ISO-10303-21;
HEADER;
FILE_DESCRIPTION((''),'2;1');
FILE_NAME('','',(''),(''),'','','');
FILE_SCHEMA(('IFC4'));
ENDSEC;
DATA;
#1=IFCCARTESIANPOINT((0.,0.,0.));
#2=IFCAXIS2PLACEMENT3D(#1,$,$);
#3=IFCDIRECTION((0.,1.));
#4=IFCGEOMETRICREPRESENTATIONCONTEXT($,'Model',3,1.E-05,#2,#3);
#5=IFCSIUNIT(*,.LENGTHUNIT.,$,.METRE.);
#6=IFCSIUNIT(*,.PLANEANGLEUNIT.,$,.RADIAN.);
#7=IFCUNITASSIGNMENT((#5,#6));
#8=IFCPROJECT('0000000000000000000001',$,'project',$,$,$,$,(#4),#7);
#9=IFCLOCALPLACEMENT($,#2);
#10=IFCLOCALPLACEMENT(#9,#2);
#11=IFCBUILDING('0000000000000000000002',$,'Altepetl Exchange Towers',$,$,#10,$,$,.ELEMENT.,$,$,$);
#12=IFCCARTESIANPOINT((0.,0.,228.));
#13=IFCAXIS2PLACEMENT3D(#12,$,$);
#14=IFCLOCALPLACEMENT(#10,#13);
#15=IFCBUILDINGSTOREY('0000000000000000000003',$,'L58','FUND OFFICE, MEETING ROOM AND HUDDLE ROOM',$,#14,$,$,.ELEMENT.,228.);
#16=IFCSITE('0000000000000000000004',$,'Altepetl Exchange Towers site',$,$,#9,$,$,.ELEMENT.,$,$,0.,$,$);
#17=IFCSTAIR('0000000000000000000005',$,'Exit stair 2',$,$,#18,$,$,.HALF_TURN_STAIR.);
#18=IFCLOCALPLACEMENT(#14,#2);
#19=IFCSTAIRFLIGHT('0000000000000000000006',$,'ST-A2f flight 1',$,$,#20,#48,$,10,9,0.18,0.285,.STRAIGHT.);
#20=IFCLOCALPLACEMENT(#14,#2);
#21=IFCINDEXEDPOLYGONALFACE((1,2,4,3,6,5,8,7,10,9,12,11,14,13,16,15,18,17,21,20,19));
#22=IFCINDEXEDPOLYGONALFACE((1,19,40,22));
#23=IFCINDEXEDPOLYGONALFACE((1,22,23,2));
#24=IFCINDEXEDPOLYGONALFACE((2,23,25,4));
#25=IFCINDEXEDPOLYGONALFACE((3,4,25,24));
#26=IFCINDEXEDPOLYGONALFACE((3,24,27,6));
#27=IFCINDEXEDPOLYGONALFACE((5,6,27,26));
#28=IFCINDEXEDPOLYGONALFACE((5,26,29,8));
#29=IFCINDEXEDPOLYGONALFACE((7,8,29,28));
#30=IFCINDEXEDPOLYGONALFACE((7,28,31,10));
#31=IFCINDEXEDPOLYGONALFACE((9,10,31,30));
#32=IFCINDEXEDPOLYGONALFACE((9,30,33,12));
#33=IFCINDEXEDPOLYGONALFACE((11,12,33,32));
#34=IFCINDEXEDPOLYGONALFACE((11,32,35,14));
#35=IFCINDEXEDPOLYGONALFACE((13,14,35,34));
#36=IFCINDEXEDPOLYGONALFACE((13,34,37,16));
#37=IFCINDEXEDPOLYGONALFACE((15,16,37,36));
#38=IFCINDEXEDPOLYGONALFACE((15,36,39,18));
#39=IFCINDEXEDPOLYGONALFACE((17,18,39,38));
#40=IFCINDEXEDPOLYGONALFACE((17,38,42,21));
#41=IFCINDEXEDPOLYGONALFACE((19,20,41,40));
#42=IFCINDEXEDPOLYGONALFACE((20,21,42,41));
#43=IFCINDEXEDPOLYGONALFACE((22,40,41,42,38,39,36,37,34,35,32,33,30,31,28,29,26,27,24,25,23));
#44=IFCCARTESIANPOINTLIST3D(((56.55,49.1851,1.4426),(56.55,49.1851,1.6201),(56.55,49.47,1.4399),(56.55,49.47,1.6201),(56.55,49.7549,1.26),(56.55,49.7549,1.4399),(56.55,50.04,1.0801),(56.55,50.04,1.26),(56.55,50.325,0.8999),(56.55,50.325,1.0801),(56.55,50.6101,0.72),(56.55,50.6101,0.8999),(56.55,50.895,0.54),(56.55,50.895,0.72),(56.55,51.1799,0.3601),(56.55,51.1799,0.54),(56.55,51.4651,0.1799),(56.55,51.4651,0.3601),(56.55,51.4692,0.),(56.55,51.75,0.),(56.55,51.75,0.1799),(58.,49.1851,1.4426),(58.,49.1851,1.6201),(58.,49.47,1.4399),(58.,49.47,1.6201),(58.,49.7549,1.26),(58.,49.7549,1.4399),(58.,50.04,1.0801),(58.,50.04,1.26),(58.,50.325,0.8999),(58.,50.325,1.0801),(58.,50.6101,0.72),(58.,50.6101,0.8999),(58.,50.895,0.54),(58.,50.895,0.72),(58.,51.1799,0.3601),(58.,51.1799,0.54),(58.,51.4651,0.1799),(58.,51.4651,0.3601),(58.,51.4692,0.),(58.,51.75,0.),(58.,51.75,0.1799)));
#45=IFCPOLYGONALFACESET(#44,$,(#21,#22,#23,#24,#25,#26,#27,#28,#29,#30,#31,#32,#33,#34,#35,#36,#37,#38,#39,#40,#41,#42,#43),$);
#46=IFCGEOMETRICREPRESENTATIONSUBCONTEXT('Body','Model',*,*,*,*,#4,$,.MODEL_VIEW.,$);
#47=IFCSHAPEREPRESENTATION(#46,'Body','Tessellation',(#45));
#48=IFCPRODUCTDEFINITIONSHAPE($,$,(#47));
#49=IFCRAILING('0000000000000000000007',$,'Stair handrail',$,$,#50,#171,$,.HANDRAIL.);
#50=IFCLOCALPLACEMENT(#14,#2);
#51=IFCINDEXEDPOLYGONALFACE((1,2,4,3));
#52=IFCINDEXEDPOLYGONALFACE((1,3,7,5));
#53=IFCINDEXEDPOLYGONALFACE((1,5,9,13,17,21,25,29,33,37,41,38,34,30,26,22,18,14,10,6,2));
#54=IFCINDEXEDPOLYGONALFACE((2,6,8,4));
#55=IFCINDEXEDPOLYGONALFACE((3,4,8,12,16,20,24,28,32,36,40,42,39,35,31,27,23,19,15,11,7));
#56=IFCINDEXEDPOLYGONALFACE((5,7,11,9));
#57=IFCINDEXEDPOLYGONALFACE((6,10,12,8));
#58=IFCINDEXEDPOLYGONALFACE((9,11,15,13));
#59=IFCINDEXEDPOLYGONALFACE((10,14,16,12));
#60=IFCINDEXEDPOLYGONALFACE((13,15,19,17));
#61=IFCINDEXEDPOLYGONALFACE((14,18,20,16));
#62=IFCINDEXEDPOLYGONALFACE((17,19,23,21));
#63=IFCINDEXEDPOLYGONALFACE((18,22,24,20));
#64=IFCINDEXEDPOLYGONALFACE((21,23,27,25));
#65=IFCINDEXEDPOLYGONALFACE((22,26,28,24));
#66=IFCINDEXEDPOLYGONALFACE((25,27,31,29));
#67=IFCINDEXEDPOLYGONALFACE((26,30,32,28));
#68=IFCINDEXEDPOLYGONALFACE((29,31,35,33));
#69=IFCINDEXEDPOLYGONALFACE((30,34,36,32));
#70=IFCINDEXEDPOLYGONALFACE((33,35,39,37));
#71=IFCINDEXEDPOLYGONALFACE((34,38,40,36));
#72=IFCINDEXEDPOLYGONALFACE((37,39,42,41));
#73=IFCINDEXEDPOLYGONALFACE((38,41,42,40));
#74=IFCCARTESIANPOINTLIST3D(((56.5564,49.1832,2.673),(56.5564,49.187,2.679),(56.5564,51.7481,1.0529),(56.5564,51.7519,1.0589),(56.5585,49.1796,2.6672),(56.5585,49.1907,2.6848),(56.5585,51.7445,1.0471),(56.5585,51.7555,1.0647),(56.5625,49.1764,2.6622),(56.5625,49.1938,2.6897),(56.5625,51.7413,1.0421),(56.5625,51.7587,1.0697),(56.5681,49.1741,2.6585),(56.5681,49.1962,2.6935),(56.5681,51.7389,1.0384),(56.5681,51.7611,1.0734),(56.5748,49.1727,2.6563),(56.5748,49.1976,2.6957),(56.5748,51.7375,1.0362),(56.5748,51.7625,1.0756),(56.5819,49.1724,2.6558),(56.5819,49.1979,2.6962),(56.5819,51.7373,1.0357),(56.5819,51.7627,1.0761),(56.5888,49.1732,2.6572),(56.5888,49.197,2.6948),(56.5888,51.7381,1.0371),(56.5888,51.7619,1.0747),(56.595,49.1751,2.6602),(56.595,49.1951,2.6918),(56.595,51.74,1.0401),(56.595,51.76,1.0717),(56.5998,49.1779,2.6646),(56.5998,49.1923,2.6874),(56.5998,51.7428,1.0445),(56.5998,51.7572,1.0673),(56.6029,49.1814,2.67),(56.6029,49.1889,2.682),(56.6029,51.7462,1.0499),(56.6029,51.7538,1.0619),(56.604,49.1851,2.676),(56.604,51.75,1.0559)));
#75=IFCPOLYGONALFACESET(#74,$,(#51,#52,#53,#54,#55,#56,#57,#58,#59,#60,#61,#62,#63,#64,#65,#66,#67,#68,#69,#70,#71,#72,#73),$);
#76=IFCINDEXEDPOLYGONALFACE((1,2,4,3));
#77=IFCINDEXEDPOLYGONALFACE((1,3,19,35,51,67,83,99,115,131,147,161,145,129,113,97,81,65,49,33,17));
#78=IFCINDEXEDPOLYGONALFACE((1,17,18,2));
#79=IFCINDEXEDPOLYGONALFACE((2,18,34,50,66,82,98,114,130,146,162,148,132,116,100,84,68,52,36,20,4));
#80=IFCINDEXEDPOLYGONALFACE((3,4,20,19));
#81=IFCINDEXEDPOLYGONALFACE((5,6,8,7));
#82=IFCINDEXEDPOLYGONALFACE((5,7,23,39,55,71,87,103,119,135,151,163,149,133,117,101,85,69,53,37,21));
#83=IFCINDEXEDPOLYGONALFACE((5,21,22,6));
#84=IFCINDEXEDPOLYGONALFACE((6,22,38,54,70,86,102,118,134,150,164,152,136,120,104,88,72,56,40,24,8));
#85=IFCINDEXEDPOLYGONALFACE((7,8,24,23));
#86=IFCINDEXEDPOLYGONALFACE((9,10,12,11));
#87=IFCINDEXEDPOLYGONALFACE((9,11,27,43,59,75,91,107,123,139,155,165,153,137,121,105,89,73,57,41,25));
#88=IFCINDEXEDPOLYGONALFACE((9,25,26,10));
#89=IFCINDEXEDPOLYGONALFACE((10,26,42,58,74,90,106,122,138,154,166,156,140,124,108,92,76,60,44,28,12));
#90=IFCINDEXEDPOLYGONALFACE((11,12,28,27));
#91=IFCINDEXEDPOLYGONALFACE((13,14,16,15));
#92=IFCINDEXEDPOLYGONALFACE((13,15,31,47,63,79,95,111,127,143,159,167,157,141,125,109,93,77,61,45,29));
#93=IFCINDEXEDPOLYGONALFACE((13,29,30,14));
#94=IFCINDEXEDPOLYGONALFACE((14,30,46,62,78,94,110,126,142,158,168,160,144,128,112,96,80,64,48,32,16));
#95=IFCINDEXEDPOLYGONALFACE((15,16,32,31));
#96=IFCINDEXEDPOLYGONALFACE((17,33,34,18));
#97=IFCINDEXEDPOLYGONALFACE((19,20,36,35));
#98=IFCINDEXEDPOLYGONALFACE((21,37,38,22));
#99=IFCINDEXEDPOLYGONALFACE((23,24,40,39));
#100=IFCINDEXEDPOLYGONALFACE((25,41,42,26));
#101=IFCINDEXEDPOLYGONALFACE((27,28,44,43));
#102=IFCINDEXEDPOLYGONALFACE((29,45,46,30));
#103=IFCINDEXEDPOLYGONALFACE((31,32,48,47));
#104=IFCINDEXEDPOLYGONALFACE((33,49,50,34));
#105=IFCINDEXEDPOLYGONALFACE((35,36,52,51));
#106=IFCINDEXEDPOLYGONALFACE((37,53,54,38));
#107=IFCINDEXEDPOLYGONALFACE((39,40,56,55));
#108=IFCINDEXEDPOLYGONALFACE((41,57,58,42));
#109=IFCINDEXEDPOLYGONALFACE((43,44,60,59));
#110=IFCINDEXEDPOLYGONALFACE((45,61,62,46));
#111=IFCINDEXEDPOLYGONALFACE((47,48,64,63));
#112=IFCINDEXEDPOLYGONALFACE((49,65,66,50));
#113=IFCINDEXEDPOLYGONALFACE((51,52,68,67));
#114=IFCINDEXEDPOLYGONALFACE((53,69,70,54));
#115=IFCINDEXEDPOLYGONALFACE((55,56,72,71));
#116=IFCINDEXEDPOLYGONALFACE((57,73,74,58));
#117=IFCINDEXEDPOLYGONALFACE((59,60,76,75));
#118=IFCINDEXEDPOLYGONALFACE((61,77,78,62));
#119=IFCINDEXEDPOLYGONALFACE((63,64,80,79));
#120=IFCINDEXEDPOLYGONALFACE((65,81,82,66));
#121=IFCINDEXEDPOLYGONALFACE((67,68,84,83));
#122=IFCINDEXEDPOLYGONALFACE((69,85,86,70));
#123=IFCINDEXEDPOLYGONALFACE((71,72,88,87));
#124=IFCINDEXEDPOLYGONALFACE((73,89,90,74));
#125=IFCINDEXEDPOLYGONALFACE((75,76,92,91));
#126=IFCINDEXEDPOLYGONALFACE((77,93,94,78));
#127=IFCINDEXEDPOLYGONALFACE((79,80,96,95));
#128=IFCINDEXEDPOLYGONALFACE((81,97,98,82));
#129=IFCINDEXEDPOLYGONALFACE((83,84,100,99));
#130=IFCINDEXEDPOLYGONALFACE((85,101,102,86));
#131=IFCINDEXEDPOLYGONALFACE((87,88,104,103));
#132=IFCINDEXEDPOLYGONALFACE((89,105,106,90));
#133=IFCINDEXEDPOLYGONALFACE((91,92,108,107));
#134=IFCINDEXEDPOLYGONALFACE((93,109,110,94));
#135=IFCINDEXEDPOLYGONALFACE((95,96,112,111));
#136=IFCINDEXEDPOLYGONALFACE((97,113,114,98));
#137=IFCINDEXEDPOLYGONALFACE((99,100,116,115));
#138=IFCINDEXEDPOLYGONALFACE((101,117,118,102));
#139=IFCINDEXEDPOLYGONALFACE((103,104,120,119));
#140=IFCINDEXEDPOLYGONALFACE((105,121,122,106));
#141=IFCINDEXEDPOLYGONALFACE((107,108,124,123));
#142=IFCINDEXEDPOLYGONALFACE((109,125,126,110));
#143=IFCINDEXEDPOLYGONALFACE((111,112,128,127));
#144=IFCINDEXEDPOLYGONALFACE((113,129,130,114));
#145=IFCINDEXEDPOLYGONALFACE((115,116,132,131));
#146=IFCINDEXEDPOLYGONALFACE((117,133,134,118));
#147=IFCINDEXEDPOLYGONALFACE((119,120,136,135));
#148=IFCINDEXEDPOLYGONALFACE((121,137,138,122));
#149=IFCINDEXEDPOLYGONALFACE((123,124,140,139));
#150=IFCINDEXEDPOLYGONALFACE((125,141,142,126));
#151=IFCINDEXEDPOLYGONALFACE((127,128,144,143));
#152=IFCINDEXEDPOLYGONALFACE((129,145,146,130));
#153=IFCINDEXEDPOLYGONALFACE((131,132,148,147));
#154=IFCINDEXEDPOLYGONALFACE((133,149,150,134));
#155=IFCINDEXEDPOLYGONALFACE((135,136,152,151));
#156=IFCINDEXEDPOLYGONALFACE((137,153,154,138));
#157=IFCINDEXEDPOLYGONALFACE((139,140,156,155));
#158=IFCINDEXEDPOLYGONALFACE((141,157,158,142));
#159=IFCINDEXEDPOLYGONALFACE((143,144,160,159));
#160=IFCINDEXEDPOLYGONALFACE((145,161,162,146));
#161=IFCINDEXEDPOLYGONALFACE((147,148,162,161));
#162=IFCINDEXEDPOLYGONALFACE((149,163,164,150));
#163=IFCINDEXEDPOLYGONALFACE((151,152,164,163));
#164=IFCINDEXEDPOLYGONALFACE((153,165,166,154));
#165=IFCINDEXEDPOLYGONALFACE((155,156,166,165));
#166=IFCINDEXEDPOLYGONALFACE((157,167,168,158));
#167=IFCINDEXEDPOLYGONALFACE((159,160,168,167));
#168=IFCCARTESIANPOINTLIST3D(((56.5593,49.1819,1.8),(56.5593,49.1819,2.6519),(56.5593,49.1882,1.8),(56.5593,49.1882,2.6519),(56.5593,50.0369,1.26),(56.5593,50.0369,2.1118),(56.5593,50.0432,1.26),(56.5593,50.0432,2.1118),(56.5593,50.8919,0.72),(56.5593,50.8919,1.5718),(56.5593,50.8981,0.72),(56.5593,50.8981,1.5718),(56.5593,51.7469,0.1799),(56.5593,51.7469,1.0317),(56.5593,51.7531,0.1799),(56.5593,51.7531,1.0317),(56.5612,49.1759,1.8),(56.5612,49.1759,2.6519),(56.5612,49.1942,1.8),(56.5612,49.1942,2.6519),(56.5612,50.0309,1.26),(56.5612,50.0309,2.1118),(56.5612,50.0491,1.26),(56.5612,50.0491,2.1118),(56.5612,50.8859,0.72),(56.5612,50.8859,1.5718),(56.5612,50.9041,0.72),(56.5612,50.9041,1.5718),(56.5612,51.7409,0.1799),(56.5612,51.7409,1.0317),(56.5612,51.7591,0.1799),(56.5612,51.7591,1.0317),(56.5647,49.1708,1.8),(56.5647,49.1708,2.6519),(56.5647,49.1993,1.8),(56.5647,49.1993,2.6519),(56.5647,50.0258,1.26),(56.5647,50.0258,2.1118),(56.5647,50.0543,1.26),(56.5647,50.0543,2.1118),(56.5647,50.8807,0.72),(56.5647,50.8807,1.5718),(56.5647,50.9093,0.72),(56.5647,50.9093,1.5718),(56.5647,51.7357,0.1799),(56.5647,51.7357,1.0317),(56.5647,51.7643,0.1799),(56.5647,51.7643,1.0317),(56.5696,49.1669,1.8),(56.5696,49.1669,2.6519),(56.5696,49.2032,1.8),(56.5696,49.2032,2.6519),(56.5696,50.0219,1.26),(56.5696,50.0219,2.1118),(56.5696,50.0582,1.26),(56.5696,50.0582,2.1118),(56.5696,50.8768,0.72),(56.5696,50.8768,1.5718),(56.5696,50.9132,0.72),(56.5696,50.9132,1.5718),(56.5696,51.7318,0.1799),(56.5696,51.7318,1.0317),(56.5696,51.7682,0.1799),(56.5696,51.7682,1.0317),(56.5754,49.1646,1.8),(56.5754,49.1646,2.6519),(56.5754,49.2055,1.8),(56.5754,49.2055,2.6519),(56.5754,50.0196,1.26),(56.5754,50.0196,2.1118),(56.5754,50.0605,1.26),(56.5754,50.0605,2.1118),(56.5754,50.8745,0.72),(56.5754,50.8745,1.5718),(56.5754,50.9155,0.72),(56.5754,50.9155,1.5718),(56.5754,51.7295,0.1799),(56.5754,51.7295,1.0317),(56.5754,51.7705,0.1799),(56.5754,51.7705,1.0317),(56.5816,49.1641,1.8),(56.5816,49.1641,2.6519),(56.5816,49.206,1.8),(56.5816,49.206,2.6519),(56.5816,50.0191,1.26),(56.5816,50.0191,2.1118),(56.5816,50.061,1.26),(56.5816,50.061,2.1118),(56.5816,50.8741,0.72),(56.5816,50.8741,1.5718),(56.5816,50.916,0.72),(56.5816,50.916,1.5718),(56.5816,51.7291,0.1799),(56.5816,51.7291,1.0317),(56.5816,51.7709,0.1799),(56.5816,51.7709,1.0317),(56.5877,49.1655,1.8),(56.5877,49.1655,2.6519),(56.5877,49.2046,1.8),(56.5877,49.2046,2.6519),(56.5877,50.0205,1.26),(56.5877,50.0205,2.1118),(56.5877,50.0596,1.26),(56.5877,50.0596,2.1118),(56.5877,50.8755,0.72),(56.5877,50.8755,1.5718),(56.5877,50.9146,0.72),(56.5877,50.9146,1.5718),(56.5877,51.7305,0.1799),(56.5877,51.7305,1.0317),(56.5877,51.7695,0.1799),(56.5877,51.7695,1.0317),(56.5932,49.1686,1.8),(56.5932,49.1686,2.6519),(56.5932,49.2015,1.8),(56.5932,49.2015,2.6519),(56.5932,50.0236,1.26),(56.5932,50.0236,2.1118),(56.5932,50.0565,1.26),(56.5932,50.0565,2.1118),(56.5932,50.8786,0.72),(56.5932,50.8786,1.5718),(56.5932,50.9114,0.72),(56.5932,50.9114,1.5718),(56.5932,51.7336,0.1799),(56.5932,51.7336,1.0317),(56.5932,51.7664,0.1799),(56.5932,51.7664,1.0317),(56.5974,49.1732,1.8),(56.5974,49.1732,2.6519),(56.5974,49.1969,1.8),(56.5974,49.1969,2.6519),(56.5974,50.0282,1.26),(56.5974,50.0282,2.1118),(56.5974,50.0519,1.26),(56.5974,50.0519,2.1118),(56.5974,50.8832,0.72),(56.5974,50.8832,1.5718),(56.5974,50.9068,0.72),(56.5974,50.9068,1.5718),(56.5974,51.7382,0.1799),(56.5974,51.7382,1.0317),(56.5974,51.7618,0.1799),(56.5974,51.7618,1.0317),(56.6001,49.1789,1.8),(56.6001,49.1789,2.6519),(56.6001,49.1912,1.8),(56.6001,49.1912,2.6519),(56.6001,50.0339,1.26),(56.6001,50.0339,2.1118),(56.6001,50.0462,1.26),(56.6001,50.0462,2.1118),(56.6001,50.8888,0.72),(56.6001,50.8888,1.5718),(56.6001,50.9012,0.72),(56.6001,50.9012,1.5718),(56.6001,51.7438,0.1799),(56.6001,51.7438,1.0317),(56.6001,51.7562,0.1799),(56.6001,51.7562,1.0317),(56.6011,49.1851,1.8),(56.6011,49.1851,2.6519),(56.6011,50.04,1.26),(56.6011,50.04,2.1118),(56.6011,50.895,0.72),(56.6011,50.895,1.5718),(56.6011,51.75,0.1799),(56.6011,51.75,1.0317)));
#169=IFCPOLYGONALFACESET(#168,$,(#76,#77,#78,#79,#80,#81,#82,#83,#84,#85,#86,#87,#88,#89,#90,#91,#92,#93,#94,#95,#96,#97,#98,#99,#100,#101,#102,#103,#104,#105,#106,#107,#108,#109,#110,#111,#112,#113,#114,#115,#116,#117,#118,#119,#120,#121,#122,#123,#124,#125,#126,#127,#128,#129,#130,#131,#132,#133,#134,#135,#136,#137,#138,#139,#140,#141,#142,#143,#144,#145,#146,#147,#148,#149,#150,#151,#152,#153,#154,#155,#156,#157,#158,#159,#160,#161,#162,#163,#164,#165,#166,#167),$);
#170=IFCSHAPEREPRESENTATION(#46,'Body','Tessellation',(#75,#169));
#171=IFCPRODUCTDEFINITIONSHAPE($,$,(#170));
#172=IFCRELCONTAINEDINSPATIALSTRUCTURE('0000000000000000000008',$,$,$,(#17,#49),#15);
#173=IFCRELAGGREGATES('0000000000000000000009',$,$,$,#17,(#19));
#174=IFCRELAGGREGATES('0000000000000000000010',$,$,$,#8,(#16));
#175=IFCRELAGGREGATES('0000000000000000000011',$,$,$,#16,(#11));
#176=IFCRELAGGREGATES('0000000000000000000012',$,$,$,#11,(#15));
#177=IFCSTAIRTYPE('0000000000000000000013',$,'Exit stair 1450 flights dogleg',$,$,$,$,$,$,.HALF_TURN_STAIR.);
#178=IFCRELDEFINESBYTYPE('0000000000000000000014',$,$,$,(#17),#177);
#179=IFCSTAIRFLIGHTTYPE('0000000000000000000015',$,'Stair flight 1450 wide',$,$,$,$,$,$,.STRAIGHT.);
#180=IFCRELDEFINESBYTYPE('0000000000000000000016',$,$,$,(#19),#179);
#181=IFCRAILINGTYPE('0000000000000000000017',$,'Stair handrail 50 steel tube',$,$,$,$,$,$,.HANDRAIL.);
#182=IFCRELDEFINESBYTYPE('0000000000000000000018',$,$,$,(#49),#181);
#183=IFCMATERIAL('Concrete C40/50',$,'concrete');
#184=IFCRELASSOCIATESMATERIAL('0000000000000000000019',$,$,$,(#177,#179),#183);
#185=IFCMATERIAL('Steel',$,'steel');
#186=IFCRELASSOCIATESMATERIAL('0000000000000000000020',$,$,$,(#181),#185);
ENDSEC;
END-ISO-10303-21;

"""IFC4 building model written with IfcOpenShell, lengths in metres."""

from ifc_helpers import new_model, si_unit, direction, frame, origin, origin_2d, place, context, subcontext, project, spatial, polyline, circle, outline, extrude, source, transform, mapped, material, type_object, element, aggregate, save


model = new_model("IFC4")

# Units and contexts
model_context = context("Model", 3, precision=1e-05, world=origin(), true_north=direction((0.0, 1.0)))
body_context = subcontext(model_context, "Body", "Model", "MODEL_VIEW")
ifc_project = project(units=[si_unit("LENGTHUNIT", "METRE"), si_unit("PLANEANGLEUNIT", "RADIAN")], contexts=[model_context])

# Site, building, storey
site_placement = place(None, origin())
site = spatial("IfcSite", under=ifc_project, at=site_placement, Name="Altepetl Exchange Towers site", CompositionType="ELEMENT", RefElevation=0.0)
building_placement = place(site_placement, origin())
building = spatial("IfcBuilding", under=site, at=building_placement, Name="Altepetl Exchange Towers", CompositionType="ELEMENT")
storey_placement = place(building_placement, frame((0.0, 0.0, 228.0)))
storey = spatial("IfcBuildingStorey", under=building, at=storey_placement, Name="L58", Description="FUND OFFICE, MEETING ROOM AND HUDDLE ROOM", CompositionType="ELEMENT", Elevation=228.0)

# Shared definitions
ifc_material_1 = material(Name="Concrete C40/50", Category="concrete")

# Stair, stair flight
stair_type = type_object("IfcStairType", Name="Exit stair 1450 flights dogleg", PredefinedType="HALF_TURN_STAIR", material=ifc_material_1)
stair_placement = place(storey_placement, origin())
stair = element("IfcStair", 1, at=stair_placement, inside=storey, type_object=stair_type, Name="Exit stair 2", PredefinedType="HALF_TURN_STAIR")
stair_flight_type = type_object("IfcStairFlightType", Name="Stair flight 1450 wide", PredefinedType="STRAIGHT", material=ifc_material_1)
stair_flight_placement = place(storey_placement, frame((57.2749, 51.75, 0.0), z_axis=(0.0, 0.0, 1.0), x_axis=(0.0, -1.0, 0.0)))
stair_flight = element("IfcStairFlight", 2, at=stair_flight_placement, type_object=stair_flight_type, Name="ST-A2f flight 1", NumberOfRisers=10, NumberOfTreads=9, PredefinedType="STRAIGHT", RiserHeight=0.18, TreadLength=0.285, context=body_context, shape_type="SweptSolid", body=[
    extrude(outline(polyline([(0.0, 0.0), (0.0, 0.1799), (0.2849, 0.1799), (0.2849, 0.3601), (0.5701, 0.3601), (0.5701, 0.54), (0.855, 0.54), (0.855, 0.72), (1.1399, 0.72), (1.1399, 0.8999), (1.425, 0.8999), (1.425, 1.0801), (1.71, 1.0801), (1.71, 1.26), (1.9951, 1.26), (1.9951, 1.4399), (2.28, 1.4399), (2.28, 1.6201), (2.5649, 1.6201), (2.5649, 1.8), (2.5649, 1.4426), (0.2808, 0.0), (0.0, 0.0)])), frame((0.0, 0.7251, 0.0), z_axis=(0.0, -1.0, 0.0), x_axis=(1.0, 0.0, 0.0)), (0.0, 0.0, 1.0), 1.45),
])
aggregate(stair, [stair_flight])

# Railing
ifc_material_2 = material(Name="Steel", Category="steel")
railing_type = type_object("IfcRailingType", Name="Stair handrail 50 steel tube", PredefinedType="HANDRAIL", material=ifc_material_2)
shared_shape = source(origin(), body_context, "Body", "SweptSolid", [
    extrude(circle(Radius=0.021, at=origin_2d()), origin(), (0.0, 0.0, 1.0), 0.8518),
])
railing_placement = place(storey_placement, frame((56.5801, 51.75, 0.1799)))
element("IfcRailing", 3, at=railing_placement, inside=storey, type_object=railing_type, Name="Stair handrail", PredefinedType="HANDRAIL", context=body_context, shape_type="SweptSolid", body=[
    extrude(circle(Radius=0.0239, at=origin_2d()), frame((0.0, 0.0, 0.876), z_axis=(0.0, -0.845466, 0.534029), x_axis=(1.0, 0.0, 0.0)), (0.0, 0.0, 1.0), 3.0337),
    mapped(shared_shape, transform((0.0, 0.0, 0.0))),
    mapped(shared_shape, transform((0.0, -0.855, 0.54))),
    mapped(shared_shape, transform((0.0, -1.71, 1.0801))),
    mapped(shared_shape, transform((0.0, -2.5649, 1.6201))),
])

save(model, "model.ifc")
